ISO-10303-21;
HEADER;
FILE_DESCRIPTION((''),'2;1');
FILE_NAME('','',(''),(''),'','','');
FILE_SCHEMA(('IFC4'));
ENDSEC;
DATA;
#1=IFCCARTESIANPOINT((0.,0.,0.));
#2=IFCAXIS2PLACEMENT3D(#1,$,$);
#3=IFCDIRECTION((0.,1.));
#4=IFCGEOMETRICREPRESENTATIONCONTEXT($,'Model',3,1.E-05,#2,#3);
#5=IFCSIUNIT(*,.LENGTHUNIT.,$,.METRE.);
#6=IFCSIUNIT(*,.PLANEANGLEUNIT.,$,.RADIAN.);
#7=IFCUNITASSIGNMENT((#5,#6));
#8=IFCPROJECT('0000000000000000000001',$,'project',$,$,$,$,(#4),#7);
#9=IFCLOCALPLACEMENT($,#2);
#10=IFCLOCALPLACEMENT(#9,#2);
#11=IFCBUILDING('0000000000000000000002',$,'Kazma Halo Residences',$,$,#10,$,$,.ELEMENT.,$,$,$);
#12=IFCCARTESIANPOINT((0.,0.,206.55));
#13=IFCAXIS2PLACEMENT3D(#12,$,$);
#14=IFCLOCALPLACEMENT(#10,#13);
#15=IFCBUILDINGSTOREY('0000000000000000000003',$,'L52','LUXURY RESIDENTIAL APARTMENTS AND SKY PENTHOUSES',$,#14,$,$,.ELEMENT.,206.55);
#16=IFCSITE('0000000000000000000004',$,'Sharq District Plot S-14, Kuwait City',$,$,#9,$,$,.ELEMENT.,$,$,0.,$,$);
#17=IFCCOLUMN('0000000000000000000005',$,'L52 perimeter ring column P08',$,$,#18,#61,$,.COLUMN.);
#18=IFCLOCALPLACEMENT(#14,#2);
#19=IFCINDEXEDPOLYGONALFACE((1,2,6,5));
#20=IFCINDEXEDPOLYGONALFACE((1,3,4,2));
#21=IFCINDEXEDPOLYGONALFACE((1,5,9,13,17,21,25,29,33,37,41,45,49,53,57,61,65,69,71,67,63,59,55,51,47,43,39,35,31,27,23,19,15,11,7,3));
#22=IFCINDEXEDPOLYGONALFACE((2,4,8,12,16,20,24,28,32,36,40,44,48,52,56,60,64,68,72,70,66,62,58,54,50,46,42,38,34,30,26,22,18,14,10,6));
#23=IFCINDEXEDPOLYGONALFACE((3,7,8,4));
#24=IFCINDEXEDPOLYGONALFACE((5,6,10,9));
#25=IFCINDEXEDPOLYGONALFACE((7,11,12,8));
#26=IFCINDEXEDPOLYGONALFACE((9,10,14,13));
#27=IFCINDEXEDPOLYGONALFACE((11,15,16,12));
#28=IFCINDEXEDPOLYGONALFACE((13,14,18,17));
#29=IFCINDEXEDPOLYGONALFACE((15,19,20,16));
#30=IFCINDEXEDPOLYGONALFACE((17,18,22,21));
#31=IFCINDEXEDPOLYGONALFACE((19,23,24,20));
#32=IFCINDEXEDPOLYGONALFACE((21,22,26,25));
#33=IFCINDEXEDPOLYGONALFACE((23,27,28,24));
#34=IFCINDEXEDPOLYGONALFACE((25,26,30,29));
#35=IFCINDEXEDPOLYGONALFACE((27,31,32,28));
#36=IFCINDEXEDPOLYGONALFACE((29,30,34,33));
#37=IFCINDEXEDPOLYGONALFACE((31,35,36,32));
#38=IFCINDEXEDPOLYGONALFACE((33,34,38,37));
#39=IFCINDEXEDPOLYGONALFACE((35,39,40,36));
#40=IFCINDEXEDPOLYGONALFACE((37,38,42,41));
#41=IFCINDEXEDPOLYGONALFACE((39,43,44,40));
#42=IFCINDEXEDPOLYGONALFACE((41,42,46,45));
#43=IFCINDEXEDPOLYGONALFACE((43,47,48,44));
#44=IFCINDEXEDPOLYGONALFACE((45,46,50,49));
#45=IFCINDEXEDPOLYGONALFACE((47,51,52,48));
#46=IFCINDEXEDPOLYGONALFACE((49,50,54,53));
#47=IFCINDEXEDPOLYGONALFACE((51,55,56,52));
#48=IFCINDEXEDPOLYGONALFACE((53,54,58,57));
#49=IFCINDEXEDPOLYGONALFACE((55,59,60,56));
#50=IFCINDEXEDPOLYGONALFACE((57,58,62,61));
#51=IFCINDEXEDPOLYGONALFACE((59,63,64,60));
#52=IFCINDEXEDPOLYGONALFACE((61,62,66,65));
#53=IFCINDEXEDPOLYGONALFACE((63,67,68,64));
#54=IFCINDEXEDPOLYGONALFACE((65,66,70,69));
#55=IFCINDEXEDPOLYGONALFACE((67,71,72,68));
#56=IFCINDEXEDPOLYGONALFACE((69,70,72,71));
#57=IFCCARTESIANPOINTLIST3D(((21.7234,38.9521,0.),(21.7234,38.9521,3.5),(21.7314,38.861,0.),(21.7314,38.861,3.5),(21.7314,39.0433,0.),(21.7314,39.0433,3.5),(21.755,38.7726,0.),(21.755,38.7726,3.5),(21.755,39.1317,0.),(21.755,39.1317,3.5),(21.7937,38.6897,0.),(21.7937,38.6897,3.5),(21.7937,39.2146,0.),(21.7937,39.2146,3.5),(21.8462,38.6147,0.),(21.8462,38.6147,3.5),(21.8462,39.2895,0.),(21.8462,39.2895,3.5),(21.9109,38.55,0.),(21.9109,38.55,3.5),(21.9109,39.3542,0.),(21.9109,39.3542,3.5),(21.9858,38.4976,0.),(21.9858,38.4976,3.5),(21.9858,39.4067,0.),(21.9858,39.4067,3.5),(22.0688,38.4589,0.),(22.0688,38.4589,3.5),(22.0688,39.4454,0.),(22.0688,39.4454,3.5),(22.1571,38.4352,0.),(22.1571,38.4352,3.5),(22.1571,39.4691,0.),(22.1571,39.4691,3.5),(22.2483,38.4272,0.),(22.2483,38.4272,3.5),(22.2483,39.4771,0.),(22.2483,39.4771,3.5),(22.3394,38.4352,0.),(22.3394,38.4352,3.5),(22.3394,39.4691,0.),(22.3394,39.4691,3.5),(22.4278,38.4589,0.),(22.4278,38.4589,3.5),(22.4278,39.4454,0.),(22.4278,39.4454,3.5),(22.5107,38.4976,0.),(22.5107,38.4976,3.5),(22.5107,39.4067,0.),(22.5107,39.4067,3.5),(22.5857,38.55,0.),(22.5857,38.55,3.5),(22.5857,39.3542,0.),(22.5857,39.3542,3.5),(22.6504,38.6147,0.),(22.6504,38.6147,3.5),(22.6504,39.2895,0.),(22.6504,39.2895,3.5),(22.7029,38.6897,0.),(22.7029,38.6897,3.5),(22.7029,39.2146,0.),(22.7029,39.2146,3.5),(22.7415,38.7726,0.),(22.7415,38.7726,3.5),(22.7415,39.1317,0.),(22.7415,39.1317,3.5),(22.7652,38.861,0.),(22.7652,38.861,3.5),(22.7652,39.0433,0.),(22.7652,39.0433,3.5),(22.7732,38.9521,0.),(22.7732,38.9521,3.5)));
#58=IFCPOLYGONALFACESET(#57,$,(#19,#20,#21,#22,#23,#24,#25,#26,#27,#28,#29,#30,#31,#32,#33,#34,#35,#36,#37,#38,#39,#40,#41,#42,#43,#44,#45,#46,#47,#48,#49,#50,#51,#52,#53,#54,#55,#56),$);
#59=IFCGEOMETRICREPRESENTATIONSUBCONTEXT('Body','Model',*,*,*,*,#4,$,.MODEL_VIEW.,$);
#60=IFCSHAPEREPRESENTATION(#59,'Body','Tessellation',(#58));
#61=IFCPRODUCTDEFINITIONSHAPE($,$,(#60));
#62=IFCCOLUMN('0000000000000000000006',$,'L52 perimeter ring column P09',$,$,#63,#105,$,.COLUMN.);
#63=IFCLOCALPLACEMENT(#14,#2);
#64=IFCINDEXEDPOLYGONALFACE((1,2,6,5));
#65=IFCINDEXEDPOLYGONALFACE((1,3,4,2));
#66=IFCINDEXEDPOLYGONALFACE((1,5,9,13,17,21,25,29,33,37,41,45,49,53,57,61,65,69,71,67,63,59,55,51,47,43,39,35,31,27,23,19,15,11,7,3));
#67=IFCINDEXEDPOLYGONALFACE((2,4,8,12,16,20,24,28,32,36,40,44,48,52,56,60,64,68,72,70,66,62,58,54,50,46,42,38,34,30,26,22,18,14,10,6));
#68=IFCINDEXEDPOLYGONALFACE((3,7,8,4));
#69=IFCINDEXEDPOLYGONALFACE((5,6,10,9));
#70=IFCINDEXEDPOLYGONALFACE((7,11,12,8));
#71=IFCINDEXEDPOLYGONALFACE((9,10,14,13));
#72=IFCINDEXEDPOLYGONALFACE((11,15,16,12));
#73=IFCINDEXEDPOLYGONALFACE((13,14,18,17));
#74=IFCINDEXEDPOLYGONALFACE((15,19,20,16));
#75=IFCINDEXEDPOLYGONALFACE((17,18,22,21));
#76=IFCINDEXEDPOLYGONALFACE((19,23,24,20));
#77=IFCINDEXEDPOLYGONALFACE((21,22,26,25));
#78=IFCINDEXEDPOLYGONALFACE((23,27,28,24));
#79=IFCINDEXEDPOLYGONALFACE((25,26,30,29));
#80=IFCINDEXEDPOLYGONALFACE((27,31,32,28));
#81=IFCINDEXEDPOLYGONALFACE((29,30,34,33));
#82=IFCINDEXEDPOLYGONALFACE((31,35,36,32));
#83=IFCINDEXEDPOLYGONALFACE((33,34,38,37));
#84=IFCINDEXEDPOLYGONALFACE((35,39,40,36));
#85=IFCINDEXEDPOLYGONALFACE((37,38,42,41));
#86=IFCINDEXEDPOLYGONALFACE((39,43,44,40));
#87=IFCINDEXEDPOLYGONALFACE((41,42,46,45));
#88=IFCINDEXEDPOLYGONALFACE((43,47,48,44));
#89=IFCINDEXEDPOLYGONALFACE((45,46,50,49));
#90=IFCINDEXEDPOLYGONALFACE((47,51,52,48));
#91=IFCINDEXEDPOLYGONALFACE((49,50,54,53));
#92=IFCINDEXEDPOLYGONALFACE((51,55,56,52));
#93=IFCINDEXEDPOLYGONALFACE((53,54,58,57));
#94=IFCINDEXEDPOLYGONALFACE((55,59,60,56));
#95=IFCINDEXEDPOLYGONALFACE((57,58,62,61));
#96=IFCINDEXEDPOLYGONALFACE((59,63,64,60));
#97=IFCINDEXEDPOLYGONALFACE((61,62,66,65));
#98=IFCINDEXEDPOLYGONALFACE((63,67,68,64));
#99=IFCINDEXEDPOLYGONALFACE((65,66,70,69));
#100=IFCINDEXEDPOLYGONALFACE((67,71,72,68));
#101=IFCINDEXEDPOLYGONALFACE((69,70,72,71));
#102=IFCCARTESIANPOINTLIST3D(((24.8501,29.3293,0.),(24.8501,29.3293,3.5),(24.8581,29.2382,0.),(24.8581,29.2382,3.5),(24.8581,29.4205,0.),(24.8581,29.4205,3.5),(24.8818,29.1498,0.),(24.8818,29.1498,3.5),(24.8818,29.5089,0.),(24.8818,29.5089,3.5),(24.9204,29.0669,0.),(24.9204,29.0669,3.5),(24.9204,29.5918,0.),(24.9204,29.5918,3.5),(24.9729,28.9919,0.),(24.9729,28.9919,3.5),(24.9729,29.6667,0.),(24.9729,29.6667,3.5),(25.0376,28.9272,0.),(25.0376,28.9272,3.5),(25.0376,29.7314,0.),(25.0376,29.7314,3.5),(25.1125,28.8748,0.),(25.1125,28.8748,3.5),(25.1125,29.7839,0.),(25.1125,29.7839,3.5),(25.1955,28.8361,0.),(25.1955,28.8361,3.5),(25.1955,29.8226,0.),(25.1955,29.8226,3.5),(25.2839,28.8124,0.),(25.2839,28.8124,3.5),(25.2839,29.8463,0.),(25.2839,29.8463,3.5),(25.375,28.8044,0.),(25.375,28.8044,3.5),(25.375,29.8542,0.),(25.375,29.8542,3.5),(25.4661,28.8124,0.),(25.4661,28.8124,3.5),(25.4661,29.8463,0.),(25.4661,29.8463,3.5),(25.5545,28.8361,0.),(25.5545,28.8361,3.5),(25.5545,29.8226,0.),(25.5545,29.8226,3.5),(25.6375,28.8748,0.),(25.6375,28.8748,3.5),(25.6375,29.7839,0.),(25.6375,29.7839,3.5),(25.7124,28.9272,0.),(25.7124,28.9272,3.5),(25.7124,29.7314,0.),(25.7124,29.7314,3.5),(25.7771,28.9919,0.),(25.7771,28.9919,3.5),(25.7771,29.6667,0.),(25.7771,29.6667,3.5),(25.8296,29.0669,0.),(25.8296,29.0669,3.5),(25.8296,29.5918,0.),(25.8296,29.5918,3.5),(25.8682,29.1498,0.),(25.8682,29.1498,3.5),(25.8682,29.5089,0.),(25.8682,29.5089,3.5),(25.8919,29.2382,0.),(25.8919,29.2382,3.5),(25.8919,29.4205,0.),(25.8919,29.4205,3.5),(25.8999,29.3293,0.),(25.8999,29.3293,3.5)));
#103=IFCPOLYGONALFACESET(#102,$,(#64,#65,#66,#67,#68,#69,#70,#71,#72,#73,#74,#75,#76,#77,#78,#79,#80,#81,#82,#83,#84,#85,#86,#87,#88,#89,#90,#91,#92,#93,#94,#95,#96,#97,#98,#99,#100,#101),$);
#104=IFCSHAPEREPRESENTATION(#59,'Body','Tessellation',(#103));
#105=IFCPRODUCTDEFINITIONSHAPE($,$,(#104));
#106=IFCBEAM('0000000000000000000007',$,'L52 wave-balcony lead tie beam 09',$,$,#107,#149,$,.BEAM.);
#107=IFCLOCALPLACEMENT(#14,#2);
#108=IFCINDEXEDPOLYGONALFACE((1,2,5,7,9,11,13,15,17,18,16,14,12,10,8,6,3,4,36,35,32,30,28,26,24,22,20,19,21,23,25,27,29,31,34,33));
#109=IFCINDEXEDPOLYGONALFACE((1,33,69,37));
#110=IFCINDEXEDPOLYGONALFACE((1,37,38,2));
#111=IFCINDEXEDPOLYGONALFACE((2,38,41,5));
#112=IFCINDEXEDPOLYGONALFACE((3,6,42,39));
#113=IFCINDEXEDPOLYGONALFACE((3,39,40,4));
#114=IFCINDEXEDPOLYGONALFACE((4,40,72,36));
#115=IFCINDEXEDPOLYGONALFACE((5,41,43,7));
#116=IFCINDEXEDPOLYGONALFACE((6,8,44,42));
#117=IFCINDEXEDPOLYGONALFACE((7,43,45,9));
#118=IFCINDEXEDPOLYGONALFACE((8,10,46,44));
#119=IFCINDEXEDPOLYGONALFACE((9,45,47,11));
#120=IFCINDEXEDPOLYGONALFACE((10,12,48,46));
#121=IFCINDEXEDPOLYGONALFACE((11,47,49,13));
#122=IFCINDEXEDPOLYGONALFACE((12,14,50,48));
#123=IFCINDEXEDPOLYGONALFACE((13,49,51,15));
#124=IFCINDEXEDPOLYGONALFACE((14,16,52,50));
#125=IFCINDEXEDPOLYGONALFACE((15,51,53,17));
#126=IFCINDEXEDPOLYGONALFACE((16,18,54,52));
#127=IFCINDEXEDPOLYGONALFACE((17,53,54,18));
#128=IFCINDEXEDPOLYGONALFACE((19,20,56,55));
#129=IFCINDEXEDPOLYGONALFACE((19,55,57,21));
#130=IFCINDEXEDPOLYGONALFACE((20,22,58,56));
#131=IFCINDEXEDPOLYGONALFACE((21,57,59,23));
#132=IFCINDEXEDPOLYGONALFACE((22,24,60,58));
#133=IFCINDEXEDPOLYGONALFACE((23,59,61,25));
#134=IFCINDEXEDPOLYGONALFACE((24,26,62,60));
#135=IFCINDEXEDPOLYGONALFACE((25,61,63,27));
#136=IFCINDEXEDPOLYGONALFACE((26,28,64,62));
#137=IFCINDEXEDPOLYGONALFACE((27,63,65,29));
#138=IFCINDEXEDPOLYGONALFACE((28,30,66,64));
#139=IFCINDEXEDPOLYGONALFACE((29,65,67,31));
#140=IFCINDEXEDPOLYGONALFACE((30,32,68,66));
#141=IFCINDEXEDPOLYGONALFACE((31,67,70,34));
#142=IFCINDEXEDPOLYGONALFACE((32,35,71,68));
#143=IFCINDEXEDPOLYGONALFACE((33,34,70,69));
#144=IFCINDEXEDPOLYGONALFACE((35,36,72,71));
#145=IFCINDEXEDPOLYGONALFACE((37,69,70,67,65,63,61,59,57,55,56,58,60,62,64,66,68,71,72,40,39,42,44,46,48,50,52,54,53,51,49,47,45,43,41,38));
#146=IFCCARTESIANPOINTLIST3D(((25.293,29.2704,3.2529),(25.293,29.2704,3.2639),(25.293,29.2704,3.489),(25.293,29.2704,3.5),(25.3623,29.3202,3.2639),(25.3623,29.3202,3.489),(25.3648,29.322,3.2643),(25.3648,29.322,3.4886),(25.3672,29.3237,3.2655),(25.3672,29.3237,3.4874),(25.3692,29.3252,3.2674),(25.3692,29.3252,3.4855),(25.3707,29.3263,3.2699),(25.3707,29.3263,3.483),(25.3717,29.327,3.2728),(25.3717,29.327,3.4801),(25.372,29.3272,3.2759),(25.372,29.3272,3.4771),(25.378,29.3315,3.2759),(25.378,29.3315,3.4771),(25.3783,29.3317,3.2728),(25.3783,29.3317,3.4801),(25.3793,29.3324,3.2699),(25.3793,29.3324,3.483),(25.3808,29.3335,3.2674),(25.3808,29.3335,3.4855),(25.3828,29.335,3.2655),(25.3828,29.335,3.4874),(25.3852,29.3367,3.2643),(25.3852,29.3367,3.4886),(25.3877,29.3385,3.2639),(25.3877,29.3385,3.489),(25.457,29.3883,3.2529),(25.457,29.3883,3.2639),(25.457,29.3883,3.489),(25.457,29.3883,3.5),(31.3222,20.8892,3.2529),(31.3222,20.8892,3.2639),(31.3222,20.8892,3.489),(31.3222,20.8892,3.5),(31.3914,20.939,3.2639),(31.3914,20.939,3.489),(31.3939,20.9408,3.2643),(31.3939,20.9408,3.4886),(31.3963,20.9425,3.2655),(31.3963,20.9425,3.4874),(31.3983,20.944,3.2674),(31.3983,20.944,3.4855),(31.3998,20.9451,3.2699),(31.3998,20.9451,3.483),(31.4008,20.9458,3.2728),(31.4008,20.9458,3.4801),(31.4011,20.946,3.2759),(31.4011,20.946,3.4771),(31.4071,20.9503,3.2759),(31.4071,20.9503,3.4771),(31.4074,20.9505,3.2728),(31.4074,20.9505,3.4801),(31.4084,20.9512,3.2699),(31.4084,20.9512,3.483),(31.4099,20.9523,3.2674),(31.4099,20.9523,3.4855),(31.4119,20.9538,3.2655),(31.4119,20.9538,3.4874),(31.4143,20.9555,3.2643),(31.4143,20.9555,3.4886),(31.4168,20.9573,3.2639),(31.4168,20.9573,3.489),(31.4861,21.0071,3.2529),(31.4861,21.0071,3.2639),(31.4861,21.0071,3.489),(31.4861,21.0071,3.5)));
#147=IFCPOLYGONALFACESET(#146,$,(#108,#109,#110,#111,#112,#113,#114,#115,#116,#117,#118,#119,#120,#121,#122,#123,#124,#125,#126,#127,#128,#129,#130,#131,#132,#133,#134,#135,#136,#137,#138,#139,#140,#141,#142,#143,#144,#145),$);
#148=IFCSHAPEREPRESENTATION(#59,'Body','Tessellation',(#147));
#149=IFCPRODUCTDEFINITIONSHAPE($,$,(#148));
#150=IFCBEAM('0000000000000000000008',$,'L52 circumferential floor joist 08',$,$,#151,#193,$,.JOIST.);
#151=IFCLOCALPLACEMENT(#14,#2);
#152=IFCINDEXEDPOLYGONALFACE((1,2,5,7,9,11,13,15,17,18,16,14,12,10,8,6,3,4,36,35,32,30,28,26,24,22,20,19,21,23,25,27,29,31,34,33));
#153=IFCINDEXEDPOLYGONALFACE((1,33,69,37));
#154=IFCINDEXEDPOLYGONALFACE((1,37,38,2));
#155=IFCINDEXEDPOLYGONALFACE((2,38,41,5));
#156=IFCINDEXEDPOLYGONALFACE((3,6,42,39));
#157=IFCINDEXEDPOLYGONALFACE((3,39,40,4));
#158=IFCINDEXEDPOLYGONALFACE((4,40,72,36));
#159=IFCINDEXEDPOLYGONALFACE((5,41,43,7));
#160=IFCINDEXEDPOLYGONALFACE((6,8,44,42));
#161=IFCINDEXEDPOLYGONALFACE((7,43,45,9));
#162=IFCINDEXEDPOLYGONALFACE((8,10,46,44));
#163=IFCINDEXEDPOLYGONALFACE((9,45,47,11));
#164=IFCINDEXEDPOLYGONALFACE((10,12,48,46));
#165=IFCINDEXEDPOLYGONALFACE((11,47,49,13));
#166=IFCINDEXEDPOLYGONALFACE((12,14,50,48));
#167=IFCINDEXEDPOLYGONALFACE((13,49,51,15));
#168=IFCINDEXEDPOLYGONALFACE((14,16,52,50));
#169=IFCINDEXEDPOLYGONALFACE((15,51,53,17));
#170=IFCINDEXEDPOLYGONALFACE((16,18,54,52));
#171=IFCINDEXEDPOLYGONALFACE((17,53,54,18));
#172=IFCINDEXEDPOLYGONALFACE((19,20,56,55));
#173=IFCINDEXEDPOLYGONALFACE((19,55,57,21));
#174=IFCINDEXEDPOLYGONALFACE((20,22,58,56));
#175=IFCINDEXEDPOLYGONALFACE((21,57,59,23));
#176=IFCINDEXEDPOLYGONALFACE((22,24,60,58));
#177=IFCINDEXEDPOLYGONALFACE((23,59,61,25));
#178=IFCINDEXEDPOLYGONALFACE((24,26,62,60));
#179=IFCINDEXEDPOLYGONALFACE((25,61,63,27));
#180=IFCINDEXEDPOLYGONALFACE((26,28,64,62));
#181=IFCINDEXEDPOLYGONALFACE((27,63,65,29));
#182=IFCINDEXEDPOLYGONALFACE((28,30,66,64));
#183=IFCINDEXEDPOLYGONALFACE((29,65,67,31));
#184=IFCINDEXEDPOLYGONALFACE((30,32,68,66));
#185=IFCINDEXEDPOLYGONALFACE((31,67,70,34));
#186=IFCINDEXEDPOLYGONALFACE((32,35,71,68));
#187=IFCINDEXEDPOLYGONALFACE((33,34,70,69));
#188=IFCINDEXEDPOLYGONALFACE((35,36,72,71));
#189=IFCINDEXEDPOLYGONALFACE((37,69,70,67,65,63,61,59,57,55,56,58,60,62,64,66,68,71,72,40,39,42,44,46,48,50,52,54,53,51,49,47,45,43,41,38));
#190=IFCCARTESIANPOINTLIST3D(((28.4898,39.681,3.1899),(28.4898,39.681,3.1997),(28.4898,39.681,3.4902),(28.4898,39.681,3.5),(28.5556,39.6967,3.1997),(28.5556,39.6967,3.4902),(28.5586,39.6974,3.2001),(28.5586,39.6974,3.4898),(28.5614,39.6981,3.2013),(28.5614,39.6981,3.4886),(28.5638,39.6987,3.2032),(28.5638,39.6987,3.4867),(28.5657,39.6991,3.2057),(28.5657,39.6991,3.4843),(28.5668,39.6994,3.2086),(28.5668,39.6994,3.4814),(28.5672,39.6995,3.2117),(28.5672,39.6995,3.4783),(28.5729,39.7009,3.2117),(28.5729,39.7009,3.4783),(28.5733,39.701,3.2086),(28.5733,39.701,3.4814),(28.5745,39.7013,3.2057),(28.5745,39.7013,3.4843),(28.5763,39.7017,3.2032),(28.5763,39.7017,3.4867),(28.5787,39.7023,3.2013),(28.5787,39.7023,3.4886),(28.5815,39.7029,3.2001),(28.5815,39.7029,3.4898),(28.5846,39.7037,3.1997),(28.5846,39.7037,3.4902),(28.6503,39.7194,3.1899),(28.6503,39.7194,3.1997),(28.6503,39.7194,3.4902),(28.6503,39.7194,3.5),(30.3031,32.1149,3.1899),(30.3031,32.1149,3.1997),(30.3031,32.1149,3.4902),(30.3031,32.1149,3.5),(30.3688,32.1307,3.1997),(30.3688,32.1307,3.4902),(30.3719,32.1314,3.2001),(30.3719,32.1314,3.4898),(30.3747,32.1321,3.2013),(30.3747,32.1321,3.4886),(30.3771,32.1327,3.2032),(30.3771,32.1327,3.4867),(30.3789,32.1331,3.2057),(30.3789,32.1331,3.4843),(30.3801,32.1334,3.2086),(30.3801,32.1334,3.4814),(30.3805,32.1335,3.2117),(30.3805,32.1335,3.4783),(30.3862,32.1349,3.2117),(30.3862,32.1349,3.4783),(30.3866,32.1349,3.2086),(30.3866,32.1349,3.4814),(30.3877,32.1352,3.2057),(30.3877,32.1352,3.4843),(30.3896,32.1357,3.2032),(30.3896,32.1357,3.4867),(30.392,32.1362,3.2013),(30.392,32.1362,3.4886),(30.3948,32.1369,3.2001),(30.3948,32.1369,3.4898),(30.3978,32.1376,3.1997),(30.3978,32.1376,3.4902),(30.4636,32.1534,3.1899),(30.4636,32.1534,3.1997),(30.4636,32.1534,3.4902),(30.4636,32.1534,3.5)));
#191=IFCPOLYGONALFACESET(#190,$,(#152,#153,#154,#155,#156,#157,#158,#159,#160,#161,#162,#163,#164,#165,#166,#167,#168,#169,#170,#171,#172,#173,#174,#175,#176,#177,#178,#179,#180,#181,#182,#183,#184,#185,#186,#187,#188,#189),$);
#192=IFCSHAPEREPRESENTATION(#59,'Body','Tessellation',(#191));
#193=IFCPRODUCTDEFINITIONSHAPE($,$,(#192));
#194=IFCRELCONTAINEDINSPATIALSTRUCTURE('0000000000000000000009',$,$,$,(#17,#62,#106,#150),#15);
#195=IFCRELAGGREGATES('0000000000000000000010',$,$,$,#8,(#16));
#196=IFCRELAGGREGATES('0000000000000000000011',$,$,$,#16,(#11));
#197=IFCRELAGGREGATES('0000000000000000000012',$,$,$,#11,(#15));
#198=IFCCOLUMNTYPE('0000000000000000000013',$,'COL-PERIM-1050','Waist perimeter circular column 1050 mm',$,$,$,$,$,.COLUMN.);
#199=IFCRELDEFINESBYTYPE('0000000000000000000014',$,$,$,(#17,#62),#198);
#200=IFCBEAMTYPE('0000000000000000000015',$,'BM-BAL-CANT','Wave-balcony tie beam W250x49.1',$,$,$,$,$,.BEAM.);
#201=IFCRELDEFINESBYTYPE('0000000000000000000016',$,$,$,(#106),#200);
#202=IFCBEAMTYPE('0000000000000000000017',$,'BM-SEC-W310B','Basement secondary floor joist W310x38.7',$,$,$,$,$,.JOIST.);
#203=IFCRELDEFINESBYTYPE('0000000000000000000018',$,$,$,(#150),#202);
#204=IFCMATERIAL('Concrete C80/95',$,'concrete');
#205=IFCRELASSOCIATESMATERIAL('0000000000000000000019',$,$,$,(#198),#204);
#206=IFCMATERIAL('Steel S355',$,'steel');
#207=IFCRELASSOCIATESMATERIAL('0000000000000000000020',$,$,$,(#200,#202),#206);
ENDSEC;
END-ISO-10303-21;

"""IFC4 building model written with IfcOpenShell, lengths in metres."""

from ifc_helpers import new_model, si_unit, direction, frame, origin, origin_2d, place, context, subcontext, project, spatial, circle, i_section, extrude, material, material_profile, profile_set, type_object, element, save


model = new_model("IFC4")

# Units and contexts
model_context = context("Model", 3, precision=1e-05, world=origin(), true_north=direction((0.0, 1.0)))
body_context = subcontext(model_context, "Body", "Model", "MODEL_VIEW")
ifc_project = project(units=[si_unit("LENGTHUNIT", "METRE"), si_unit("PLANEANGLEUNIT", "RADIAN")], contexts=[model_context])

# Site, building, storey
site_placement = place(None, origin())
site = spatial("IfcSite", under=ifc_project, at=site_placement, Name="Sharq District Plot S-14, Kuwait City", CompositionType="ELEMENT", RefElevation=0.0)
building_placement = place(site_placement, origin())
building = spatial("IfcBuilding", under=site, at=building_placement, Name="Kazma Halo Residences", CompositionType="ELEMENT")
storey_placement = place(building_placement, frame((0.0, 0.0, 206.55)))
storey = spatial("IfcBuildingStorey", under=building, at=storey_placement, Name="L52", Description="LUXURY RESIDENTIAL APARTMENTS AND SKY PENTHOUSES", CompositionType="ELEMENT", Elevation=206.55)

# Columns
ifc_material_1 = material(Name="Concrete C80/95", Category="concrete")
ifc_material_profile_1 = material_profile(ifc_material_1, circle(Radius=0.5249, at=origin_2d()), Name="CIRC1050")
ifc_profile_set_1 = profile_set([ifc_material_profile_1], Name="Concrete C80/95")
column_type = type_object("IfcColumnType", Name="COL-PERIM-1050", Description="Waist perimeter circular column 1050 mm", PredefinedType="COLUMN", material=ifc_profile_set_1)
for number, where, z_axis, x_axis, name in (
    (1, (22.2483, 38.9521, 0.0), (0.0, 0.0, 1.0), (1.0, 0.0, 0.0), "L52 perimeter ring column P08"),
    (2, (25.375, 29.3293, 0.0), (0.0, 0.0, 1.0), (1.0, 0.0, 0.0), "L52 perimeter ring column P09"),
):
    element("IfcColumn", number, at=place(storey_placement, frame(where, z_axis=z_axis, x_axis=x_axis)), inside=storey, type_object=column_type, Name=name, PredefinedType="COLUMN", context=body_context, shape_type="SweptSolid", body=[
        extrude(circle(Radius=0.5249, at=origin_2d()), origin(), (0.0, 0.0, 1.0), 3.5),
    ])

# Beams
ifc_material_2 = material(Name="Steel S355", Category="steel")
ifc_material_profile_2 = material_profile(ifc_material_2, i_section(OverallWidth=0.2019, OverallDepth=0.2471, WebThickness=0.0073, FlangeThickness=0.011, FilletRadius=0.012, at=origin_2d()), Name="W250x49.1")
ifc_profile_set_2 = profile_set([ifc_material_profile_2], Name="Steel S355")
beam_type_1 = type_object("IfcBeamType", Name="BM-BAL-CANT", Description="Wave-balcony tie beam W250x49.1", PredefinedType="BEAM", material=ifc_profile_set_2)
beam_1_placement = place(storey_placement, frame((25.375, 29.3293, 3.3765), z_axis=(0.583964, -0.81178, 0.0), x_axis=(0.81178, 0.583964, 0.0)))
element("IfcBeam", 3, at=beam_1_placement, inside=storey, type_object=beam_type_1, Name="L52 wave-balcony lead tie beam 09", PredefinedType="BEAM", context=body_context, shape_type="SweptSolid", body=[
    extrude(i_section(OverallWidth=0.2019, OverallDepth=0.2471, WebThickness=0.0073, FlangeThickness=0.011, FilletRadius=0.012, at=origin_2d()), origin(), (0.0, 0.0, 1.0), 10.3245),
])
ifc_material_profile_3 = material_profile(ifc_material_2, i_section(OverallWidth=0.165, OverallDepth=0.3101, WebThickness=0.0059, FlangeThickness=0.0098, FilletRadius=0.012, at=origin_2d()), Name="W310x38.7")
ifc_profile_set_3 = profile_set([ifc_material_profile_3], Name="Steel S355")
beam_type_2 = type_object("IfcBeamType", Name="BM-SEC-W310B", Description="Basement secondary floor joist W310x38.7", PredefinedType="JOIST", material=ifc_profile_set_3)
beam_2_placement = place(storey_placement, frame((28.5701, 39.7002, 3.345), z_axis=(0.233058, -0.972463, 0.0), x_axis=(0.972463, 0.233058, 0.0)))
element("IfcBeam", 4, at=beam_2_placement, inside=storey, type_object=beam_type_2, Name="L52 circumferential floor joist 08", PredefinedType="JOIST", context=body_context, shape_type="SweptSolid", body=[
    extrude(i_section(OverallWidth=0.165, OverallDepth=0.3101, WebThickness=0.0059, FlangeThickness=0.0098, FilletRadius=0.012, at=origin_2d()), origin(), (0.0, 0.0, 1.0), 7.7803),
])

save(model, "model.ifc")
